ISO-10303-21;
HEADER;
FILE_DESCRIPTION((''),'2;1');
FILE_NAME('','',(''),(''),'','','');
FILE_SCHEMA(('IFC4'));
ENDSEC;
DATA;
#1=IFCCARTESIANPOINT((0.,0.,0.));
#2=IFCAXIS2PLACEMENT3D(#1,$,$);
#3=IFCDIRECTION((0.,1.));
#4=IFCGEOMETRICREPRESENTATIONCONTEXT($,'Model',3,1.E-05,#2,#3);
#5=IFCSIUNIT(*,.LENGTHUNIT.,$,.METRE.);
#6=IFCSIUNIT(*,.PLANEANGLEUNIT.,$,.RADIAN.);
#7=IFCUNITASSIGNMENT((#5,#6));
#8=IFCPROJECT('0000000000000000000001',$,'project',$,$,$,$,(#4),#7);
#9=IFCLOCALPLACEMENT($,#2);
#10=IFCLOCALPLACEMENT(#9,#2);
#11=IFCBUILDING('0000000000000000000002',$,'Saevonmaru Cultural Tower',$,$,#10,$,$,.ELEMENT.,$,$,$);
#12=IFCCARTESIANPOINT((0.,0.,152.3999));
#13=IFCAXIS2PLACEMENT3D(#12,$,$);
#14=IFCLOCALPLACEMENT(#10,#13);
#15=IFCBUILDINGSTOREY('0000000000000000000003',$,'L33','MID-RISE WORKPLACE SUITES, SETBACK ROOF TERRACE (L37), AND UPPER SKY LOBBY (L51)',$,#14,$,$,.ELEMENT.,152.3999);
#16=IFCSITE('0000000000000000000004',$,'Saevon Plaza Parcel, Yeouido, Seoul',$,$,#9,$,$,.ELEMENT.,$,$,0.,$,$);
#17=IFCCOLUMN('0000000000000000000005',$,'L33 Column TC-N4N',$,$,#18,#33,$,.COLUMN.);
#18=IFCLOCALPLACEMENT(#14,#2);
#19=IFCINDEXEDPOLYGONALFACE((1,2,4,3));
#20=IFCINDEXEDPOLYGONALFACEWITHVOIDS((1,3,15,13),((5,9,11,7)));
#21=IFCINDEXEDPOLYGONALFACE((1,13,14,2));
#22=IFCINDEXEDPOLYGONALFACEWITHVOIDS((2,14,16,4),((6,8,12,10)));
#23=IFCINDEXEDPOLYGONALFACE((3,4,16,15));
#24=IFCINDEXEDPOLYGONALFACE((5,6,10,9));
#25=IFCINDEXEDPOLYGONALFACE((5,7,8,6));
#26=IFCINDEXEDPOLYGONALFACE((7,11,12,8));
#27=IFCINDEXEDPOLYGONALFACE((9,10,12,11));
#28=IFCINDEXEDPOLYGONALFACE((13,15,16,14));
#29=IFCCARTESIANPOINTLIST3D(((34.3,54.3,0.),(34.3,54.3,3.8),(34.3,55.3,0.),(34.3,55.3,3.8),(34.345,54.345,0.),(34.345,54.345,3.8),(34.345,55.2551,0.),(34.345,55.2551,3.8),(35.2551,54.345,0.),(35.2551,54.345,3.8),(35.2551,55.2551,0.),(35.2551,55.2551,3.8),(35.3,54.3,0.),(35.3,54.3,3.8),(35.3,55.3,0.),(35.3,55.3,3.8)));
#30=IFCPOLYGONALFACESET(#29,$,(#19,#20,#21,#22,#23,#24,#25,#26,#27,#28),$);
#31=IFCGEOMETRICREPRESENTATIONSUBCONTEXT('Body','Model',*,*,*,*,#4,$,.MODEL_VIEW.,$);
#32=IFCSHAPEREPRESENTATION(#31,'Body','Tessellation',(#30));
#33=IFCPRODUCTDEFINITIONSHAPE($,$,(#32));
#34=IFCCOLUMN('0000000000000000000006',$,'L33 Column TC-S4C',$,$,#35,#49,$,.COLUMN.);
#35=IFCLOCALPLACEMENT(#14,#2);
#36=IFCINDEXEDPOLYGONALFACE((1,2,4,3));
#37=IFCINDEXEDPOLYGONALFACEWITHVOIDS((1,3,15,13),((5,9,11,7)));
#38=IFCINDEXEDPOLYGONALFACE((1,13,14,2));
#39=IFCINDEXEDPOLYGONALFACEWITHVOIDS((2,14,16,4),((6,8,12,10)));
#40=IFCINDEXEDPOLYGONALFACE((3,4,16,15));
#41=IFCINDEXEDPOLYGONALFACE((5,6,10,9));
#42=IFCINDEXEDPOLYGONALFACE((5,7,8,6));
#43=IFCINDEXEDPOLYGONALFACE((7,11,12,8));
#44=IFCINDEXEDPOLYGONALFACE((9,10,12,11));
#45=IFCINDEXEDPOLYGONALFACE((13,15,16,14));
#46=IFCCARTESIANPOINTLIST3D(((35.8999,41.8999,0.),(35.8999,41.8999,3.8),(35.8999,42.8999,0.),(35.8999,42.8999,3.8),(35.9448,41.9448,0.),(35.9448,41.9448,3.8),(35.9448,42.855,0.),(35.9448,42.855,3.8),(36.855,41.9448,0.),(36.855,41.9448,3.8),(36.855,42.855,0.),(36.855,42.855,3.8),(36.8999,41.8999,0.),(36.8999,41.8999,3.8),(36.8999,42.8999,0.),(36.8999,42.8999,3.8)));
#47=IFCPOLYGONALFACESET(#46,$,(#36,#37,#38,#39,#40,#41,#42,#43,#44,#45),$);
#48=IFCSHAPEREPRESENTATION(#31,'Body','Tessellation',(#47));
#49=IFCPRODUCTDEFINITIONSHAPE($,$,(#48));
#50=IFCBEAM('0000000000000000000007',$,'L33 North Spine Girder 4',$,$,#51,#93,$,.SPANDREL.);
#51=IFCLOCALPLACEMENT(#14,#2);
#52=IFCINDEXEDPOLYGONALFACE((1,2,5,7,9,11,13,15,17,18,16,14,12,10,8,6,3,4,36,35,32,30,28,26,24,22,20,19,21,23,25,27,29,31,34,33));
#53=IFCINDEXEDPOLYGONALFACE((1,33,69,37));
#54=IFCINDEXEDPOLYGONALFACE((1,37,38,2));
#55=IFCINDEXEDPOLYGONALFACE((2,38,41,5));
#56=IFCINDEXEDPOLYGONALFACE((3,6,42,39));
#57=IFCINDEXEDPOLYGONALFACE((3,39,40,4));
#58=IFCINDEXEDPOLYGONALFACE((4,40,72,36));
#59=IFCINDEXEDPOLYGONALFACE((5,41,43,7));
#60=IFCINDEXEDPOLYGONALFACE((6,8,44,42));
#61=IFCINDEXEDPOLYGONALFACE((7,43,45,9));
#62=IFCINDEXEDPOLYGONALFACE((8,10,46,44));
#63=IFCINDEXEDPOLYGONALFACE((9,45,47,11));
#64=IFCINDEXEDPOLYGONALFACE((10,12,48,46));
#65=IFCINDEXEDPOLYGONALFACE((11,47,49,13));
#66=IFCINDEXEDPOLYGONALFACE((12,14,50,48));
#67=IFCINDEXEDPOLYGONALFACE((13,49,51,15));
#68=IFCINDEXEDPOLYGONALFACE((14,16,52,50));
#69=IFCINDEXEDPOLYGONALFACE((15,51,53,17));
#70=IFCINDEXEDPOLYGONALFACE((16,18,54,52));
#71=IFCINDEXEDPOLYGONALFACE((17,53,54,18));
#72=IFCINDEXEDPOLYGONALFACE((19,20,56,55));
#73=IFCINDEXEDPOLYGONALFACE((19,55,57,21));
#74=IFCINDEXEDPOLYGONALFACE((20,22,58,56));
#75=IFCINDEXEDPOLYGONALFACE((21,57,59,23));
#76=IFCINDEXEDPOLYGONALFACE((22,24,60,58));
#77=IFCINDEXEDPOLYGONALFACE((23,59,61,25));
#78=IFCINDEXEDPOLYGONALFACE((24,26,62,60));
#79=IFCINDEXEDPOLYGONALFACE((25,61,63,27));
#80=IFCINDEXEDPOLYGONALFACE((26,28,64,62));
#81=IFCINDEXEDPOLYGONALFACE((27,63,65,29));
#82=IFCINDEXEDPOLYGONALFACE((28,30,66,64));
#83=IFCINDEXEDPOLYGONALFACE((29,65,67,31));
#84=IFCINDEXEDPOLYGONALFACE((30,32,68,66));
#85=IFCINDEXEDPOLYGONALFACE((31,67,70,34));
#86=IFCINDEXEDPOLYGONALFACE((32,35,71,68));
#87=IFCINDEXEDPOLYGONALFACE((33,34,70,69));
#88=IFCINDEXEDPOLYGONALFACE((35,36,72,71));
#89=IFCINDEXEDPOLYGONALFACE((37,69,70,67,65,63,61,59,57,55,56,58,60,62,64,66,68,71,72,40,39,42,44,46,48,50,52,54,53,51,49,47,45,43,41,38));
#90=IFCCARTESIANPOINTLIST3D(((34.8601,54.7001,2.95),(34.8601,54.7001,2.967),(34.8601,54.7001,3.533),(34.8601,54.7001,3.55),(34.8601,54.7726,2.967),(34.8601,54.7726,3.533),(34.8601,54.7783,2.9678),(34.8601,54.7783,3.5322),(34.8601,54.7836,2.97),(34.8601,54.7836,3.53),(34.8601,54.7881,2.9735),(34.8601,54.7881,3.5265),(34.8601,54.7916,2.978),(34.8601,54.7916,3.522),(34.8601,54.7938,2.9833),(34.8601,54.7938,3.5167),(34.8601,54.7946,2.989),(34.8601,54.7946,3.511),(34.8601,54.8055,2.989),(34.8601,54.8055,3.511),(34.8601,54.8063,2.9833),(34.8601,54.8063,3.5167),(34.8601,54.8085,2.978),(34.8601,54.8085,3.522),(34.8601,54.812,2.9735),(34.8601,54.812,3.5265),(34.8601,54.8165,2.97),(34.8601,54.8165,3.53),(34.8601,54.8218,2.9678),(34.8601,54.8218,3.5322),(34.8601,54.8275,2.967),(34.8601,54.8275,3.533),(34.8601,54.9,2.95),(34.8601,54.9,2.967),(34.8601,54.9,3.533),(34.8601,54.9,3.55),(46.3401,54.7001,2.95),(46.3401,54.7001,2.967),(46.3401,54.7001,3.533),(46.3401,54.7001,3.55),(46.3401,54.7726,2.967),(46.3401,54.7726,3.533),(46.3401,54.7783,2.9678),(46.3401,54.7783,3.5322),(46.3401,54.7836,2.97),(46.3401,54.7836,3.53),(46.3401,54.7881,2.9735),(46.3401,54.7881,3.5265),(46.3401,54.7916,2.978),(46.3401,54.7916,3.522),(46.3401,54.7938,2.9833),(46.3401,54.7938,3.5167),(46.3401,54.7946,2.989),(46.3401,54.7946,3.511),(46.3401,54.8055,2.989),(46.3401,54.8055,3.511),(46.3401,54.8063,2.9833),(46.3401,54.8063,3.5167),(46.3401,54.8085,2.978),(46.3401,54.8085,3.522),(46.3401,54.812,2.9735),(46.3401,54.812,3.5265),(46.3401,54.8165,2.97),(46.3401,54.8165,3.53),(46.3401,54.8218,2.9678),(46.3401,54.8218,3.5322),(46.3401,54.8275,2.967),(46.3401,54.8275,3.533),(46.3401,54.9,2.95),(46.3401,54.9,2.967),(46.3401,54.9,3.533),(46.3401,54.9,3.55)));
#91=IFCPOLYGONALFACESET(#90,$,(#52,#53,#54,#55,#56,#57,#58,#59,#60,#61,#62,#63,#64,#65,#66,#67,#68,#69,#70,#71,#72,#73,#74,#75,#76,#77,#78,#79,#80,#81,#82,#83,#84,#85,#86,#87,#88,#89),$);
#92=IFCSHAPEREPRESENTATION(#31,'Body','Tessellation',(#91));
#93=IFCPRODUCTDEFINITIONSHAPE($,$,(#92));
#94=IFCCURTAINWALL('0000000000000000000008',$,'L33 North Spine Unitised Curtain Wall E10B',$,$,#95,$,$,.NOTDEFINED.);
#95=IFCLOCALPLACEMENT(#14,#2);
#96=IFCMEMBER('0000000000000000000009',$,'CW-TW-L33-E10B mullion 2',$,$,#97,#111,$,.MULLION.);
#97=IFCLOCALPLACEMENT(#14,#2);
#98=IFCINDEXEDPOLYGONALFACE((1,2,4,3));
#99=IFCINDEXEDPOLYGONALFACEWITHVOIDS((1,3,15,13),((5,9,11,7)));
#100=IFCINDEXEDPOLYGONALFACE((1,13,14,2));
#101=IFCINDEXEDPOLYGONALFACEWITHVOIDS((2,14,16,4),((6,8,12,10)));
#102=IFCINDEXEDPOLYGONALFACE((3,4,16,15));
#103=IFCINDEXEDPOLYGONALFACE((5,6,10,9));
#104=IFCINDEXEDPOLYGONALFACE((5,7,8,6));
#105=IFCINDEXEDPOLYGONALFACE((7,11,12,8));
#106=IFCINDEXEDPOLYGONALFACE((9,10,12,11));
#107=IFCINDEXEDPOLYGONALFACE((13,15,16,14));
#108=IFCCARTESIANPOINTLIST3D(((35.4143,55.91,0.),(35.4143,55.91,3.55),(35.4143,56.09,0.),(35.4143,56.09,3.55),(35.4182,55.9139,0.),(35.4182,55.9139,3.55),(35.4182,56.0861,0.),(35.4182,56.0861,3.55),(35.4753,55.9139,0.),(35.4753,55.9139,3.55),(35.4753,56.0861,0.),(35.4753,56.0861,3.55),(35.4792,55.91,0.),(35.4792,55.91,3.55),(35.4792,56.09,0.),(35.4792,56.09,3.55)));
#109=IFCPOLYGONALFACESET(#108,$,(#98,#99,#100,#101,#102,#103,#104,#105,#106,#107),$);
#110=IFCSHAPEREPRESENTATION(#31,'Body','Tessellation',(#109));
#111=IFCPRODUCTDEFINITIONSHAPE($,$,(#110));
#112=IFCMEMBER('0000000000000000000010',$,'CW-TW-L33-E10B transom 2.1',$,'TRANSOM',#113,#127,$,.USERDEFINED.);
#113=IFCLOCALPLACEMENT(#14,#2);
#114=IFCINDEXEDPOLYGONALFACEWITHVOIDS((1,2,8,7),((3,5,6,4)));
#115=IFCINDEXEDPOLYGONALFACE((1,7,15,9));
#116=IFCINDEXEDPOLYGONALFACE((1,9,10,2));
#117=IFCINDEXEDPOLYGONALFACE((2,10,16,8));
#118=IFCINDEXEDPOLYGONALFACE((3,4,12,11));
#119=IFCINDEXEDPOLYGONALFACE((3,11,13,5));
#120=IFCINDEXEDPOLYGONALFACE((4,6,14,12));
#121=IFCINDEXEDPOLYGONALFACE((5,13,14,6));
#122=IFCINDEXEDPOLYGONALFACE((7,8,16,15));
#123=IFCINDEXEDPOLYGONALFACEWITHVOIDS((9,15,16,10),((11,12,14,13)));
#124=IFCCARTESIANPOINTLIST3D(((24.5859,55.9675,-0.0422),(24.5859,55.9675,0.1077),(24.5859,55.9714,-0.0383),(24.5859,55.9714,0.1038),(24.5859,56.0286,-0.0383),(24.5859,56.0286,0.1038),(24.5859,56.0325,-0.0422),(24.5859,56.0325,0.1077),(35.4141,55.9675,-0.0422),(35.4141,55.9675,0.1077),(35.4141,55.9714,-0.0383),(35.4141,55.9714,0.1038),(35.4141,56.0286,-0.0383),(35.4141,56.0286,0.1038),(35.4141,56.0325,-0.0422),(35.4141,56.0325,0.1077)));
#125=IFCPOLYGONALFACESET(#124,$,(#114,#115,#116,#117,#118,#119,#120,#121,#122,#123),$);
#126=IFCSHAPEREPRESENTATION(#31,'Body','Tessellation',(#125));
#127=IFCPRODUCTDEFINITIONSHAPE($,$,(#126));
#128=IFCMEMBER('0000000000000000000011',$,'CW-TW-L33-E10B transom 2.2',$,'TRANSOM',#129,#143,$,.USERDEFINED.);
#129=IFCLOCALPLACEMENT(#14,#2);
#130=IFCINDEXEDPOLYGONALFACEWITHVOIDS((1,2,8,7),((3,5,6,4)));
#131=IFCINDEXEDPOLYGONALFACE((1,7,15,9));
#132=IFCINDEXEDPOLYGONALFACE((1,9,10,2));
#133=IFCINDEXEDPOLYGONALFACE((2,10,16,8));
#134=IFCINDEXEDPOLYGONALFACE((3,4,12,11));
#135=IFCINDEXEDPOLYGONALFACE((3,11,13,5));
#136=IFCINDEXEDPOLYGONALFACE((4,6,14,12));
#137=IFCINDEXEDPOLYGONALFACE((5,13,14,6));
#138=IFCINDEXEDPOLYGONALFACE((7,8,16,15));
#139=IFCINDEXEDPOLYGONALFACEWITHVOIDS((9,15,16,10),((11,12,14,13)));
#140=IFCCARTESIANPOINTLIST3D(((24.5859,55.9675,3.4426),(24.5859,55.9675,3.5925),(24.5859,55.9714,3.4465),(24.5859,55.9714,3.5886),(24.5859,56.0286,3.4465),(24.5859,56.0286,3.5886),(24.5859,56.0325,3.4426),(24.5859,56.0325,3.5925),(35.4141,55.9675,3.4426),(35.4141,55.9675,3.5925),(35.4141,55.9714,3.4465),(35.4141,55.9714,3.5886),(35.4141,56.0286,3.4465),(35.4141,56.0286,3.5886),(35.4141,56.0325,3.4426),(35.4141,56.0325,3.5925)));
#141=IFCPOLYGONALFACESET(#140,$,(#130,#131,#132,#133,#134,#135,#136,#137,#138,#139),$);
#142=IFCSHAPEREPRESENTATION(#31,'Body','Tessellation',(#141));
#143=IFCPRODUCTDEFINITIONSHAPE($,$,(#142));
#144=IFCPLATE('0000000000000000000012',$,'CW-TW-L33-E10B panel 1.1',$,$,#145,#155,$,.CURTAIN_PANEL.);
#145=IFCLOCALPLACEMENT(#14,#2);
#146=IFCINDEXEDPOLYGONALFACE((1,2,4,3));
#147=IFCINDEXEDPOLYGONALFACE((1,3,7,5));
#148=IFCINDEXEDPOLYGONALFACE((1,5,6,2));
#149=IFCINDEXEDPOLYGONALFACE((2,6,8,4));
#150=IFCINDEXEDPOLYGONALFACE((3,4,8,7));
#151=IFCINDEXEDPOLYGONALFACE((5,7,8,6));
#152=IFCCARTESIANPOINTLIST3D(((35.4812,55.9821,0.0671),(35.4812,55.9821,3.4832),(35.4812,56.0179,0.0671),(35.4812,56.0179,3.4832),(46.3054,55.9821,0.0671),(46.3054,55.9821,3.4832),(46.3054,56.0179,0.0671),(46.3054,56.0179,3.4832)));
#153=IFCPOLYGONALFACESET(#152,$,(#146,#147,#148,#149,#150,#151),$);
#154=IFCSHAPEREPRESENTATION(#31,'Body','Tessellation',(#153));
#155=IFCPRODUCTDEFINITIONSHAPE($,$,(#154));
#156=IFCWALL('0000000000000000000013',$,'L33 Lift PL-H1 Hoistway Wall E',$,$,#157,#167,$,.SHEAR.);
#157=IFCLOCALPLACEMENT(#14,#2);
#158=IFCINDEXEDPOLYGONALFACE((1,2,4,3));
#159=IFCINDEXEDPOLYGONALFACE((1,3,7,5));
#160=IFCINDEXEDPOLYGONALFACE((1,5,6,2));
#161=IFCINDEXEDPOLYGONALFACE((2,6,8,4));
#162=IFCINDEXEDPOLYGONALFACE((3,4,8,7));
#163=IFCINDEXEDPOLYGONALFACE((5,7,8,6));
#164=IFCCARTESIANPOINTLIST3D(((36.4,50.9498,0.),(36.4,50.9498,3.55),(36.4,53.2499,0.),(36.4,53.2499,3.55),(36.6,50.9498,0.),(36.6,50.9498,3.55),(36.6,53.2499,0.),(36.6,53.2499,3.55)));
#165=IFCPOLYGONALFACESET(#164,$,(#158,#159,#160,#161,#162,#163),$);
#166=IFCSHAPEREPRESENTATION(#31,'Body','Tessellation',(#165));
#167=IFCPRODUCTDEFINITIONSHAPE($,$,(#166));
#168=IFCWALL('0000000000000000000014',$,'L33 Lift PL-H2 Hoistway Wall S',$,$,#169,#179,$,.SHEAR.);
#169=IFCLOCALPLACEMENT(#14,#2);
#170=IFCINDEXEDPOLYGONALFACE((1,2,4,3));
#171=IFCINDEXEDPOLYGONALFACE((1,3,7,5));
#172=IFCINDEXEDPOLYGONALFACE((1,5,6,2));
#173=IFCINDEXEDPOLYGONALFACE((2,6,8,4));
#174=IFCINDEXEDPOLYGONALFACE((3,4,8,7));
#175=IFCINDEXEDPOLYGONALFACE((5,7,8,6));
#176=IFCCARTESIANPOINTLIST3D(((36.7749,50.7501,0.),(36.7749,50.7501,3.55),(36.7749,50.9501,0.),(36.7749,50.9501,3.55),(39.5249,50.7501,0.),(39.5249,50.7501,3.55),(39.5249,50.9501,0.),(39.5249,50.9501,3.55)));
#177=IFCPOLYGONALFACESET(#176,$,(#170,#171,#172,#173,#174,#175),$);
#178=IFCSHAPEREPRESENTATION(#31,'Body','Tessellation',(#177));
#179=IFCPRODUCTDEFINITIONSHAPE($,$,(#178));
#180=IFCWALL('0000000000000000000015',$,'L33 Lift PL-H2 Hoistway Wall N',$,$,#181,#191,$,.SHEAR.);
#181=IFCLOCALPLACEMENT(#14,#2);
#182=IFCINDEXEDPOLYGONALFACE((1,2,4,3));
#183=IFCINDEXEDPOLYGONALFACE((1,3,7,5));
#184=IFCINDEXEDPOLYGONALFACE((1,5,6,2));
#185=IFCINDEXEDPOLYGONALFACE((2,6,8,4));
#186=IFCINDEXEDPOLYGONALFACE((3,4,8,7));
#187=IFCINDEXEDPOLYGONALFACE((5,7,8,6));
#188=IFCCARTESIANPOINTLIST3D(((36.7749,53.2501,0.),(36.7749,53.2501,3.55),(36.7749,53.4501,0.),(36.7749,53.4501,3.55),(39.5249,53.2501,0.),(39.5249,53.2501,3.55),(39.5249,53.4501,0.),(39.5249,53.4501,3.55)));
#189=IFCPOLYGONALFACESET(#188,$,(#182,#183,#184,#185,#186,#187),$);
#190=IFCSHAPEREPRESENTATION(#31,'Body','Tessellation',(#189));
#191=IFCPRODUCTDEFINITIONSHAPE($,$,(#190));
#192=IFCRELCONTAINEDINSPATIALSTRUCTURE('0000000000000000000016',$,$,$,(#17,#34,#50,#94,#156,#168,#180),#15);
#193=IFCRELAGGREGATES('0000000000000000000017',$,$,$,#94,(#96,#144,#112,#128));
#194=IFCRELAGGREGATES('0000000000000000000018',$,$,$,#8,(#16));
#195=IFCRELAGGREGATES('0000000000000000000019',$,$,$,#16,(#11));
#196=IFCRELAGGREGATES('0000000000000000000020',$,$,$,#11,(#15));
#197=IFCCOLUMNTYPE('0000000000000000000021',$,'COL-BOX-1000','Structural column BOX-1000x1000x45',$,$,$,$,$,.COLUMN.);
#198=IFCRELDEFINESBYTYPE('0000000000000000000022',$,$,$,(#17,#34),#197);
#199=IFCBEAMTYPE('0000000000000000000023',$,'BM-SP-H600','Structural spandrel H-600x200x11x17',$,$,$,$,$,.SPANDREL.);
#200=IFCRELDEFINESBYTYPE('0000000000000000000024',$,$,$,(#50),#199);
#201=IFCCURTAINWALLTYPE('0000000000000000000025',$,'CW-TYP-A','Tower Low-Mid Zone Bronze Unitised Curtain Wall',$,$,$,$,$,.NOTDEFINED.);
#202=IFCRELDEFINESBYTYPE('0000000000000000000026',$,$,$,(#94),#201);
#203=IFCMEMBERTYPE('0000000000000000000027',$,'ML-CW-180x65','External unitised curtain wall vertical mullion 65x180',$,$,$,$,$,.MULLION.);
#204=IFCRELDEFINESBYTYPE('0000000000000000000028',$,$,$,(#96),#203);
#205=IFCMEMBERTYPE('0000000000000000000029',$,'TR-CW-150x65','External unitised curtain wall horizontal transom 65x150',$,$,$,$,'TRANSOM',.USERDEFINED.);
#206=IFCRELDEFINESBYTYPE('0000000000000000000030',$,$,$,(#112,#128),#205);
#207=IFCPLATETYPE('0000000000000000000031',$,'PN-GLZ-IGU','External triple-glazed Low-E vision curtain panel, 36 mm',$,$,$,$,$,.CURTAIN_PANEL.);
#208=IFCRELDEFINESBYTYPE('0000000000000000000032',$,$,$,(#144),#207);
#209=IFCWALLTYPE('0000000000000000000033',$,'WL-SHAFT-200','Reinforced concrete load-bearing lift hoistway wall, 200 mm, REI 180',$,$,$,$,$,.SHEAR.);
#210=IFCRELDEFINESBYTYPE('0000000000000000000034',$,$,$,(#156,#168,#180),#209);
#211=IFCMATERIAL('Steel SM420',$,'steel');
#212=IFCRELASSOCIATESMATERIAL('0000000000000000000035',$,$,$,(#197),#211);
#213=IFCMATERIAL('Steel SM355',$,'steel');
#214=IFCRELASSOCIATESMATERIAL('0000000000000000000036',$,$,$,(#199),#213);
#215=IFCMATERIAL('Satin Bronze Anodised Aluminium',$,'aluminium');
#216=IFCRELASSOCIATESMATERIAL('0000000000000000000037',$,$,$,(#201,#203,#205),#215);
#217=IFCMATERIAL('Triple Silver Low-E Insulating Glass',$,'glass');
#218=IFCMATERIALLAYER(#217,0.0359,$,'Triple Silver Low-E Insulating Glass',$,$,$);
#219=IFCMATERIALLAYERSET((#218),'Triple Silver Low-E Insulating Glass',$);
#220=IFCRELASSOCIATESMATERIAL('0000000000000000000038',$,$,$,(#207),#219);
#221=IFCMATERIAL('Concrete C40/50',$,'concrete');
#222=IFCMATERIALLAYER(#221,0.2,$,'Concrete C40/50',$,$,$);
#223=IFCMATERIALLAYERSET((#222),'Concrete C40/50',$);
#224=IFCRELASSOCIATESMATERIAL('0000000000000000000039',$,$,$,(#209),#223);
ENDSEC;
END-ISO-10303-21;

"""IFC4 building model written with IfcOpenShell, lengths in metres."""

from ifc_helpers import new_model, si_unit, direction, frame, frame_2d, origin, origin_2d, place, context, subcontext, project, spatial, rectangle, hollow_rectangle, i_section, extrude, material, layer, layer_set, material_profile, profile_set, type_object, element, aggregate, save


model = new_model("IFC4")

# Units and contexts
model_context = context("Model", 3, precision=1e-05, world=origin(), true_north=direction((0.0, 1.0)))
body_context = subcontext(model_context, "Body", "Model", "MODEL_VIEW")
ifc_project = project(units=[si_unit("LENGTHUNIT", "METRE"), si_unit("PLANEANGLEUNIT", "RADIAN")], contexts=[model_context])

# Site, building, storey
site_placement = place(None, origin())
site = spatial("IfcSite", under=ifc_project, at=site_placement, Name="Saevon Plaza Parcel, Yeouido, Seoul", CompositionType="ELEMENT", RefElevation=0.0)
building_placement = place(site_placement, origin())
building = spatial("IfcBuilding", under=site, at=building_placement, Name="Saevonmaru Cultural Tower", CompositionType="ELEMENT")
storey_placement = place(building_placement, frame((0.0, 0.0, 152.3999)))
storey = spatial("IfcBuildingStorey", under=building, at=storey_placement, Name="L33", Description="MID-RISE WORKPLACE SUITES, SETBACK ROOF TERRACE (L37), AND UPPER SKY LOBBY (L51)", CompositionType="ELEMENT", Elevation=152.3999)

# Columns
ifc_material_1 = material(Name="Steel SM420", Category="steel")
ifc_material_profile_1 = material_profile(ifc_material_1, hollow_rectangle(XDim=1.0, YDim=1.0, WallThickness=0.0449, at=origin_2d()), Name="BOX-1000x1000x45")
ifc_profile_set_1 = profile_set([ifc_material_profile_1], Name="Steel SM420")
column_type = type_object("IfcColumnType", Name="COL-BOX-1000", Description="Structural column BOX-1000x1000x45", PredefinedType="COLUMN", material=ifc_profile_set_1)
for number, where, z_axis, x_axis, name in (
    (1, (34.8, 54.8, 0.0), (0.0, 0.0, 1.0), (1.0, 0.0, 0.0), "L33 Column TC-N4N"),
    (2, (36.3999, 42.3999, 0.0), (0.0, 0.0, 1.0), (1.0, 0.0, 0.0), "L33 Column TC-S4C"),
):
    element("IfcColumn", number, at=place(storey_placement, frame(where, z_axis=z_axis, x_axis=x_axis)), inside=storey, type_object=column_type, Name=name, PredefinedType="COLUMN", context=body_context, shape_type="SweptSolid", body=[
        extrude(hollow_rectangle(XDim=1.0, YDim=1.0, WallThickness=0.0449, at=origin_2d()), origin(), (0.0, 0.0, 1.0), 3.8),
    ])

# Beam
ifc_material_2 = material(Name="Steel SM355", Category="steel")
ifc_material_profile_2 = material_profile(ifc_material_2, i_section(OverallWidth=0.2, OverallDepth=0.6001, WebThickness=0.011, FlangeThickness=0.0171, FilletRadius=0.022, at=origin_2d()), Name="H-600x200x11x17")
ifc_profile_set_2 = profile_set([ifc_material_profile_2], Name="Steel SM355")
beam_type = type_object("IfcBeamType", Name="BM-SP-H600", Description="Structural spandrel H-600x200x11x17", PredefinedType="SPANDREL", material=ifc_profile_set_2)
beam_placement = place(storey_placement, frame((34.8601, 54.8, 3.25), z_axis=(1.0, 0.0, 0.0), x_axis=(0.0, 1.0, 0.0)))
element("IfcBeam", 3, at=beam_placement, inside=storey, type_object=beam_type, Name="L33 North Spine Girder 4", PredefinedType="SPANDREL", context=body_context, shape_type="SweptSolid", body=[
    extrude(i_section(OverallWidth=0.2, OverallDepth=0.6001, WebThickness=0.011, FlangeThickness=0.0171, FilletRadius=0.022, at=origin_2d()), origin(), (0.0, 0.0, 1.0), 11.48),
])

# Curtain wall, members, plate
ifc_material_3 = material(Name="Satin Bronze Anodised Aluminium", Category="aluminium")
curtain_wall_type = type_object("IfcCurtainWallType", Name="CW-TYP-A", Description="Tower Low-Mid Zone Bronze Unitised Curtain Wall", PredefinedType="NOTDEFINED", material=ifc_material_3)
curtain_wall_placement = place(storey_placement, origin())
curtain_wall = element("IfcCurtainWall", 4, at=curtain_wall_placement, inside=storey, type_object=curtain_wall_type, Name="L33 North Spine Unitised Curtain Wall E10B", PredefinedType="NOTDEFINED")
ifc_material_profile_3 = material_profile(ifc_material_3, hollow_rectangle(XDim=0.0649, YDim=0.1799, WallThickness=0.0039, at=origin_2d()), Name="ALU-MULL-180x65x4")
ifc_profile_set_3 = profile_set([ifc_material_profile_3], Name="Satin Bronze Anodised Aluminium")
member_type_1 = type_object("IfcMemberType", Name="ML-CW-180x65", Description="External unitised curtain wall vertical mullion 65x180", PredefinedType="MULLION", material=ifc_profile_set_3)
member_1_placement = place(storey_placement, frame((35.4468, 56.0, 0.0), z_axis=(0.0, 0.0, 1.0), x_axis=(-1.0, 0.0, 0.0)))
member_1 = element("IfcMember", 5, at=member_1_placement, type_object=member_type_1, Name="CW-TW-L33-E10B mullion 2", PredefinedType="MULLION", context=body_context, shape_type="SweptSolid", body=[
    extrude(hollow_rectangle(XDim=0.0649, YDim=0.1799, WallThickness=0.0039, at=origin_2d()), origin(), (0.0, 0.0, 1.0), 3.55),
])
ifc_material_profile_4 = material_profile(ifc_material_3, hollow_rectangle(XDim=0.0649, YDim=0.1499, WallThickness=0.0039, at=origin_2d()), Name="ALU-TRAN-150x65x4")
ifc_profile_set_4 = profile_set([ifc_material_profile_4], Name="Satin Bronze Anodised Aluminium")
member_type_2 = type_object("IfcMemberType", Name="TR-CW-150x65", Description="External unitised curtain wall horizontal transom 65x150", ElementType="TRANSOM", PredefinedType="USERDEFINED", material=ifc_profile_set_4)
member_2_placement = place(storey_placement, frame((35.4141, 56.0, 0.0327), z_axis=(-1.0, 0.0, 0.0), x_axis=(0.0, -1.0, 0.0)))
member_2 = element("IfcMember", 6, at=member_2_placement, type_object=member_type_2, Name="CW-TW-L33-E10B transom 2.1", ObjectType="TRANSOM", PredefinedType="USERDEFINED", context=body_context, shape_type="SweptSolid", body=[
    extrude(hollow_rectangle(XDim=0.0649, YDim=0.1499, WallThickness=0.0039, at=origin_2d()), origin(), (0.0, 0.0, 1.0), 10.8281),
])
member_3_placement = place(storey_placement, frame((35.4141, 56.0, 3.5176), z_axis=(-1.0, 0.0, 0.0), x_axis=(0.0, -1.0, 0.0)))
member_3 = element("IfcMember", 7, at=member_3_placement, type_object=member_type_2, Name="CW-TW-L33-E10B transom 2.2", ObjectType="TRANSOM", PredefinedType="USERDEFINED", context=body_context, shape_type="SweptSolid", body=[
    extrude(hollow_rectangle(XDim=0.0649, YDim=0.1499, WallThickness=0.0039, at=origin_2d()), origin(), (0.0, 0.0, 1.0), 10.8281),
])
ifc_material_4 = material(Name="Triple Silver Low-E Insulating Glass", Category="glass")
ifc_layer_1 = layer(ifc_material_4, 0.0359, Name="Triple Silver Low-E Insulating Glass")
ifc_layer_set_1 = layer_set([ifc_layer_1], Name="Triple Silver Low-E Insulating Glass")
plate_type = type_object("IfcPlateType", Name="PN-GLZ-IGU", Description="External triple-glazed Low-E vision curtain panel, 36 mm", PredefinedType="CURTAIN_PANEL", material=ifc_layer_set_1)
plate_placement = place(storey_placement, frame((40.8933, 56.0, 0.0671), z_axis=(0.0, 0.0, 1.0), x_axis=(-1.0, 0.0, 0.0)))
plate = element("IfcPlate", 8, at=plate_placement, type_object=plate_type, Name="CW-TW-L33-E10B panel 1.1", PredefinedType="CURTAIN_PANEL", context=body_context, shape_type="SweptSolid", body=[
    extrude(rectangle(XDim=10.8242, YDim=0.0359, at=origin_2d()), origin(), (0.0, 0.0, 1.0), 3.416),
])
aggregate(curtain_wall, [member_1, plate, member_2, member_3])

# Walls
ifc_material_5 = material(Name="Concrete C40/50", Category="concrete")
ifc_layer_2 = layer(ifc_material_5, 0.2, Name="Concrete C40/50")
ifc_layer_set_2 = layer_set([ifc_layer_2], Name="Concrete C40/50")
wall_type_1 = type_object("IfcWallType", Name="WL-SHAFT-200", Description="Reinforced concrete load-bearing lift hoistway wall, 200 mm, REI 180", PredefinedType="SHEAR", material=ifc_layer_set_2)
wall_1_placement = place(storey_placement, frame((36.5, 50.95, 0.0), z_axis=(0.0, 0.0, 1.0), x_axis=(0.0, 1.0, 0.0)))
element("IfcWall", 9, at=wall_1_placement, inside=storey, type_object=wall_type_1, Name="L33 Lift PL-H1 Hoistway Wall E", PredefinedType="SHEAR", context=body_context, shape_type="SweptSolid", body=[
    extrude(rectangle(XDim=2.3, YDim=0.2, at=frame_2d((1.1499, 0.0))), origin(), (0.0, 0.0, 1.0), 3.55),
])
for number, where, z_axis, x_axis, name in (
    (10, (36.7749, 50.8501, 0.0), (0.0, 0.0, 1.0), (1.0, 0.0, 0.0), "L33 Lift PL-H2 Hoistway Wall S"),
    (11, (36.7749, 53.3501, 0.0), (0.0, 0.0, 1.0), (1.0, 0.0, 0.0), "L33 Lift PL-H2 Hoistway Wall N"),
):
    element("IfcWall", number, at=place(storey_placement, frame(where, z_axis=z_axis, x_axis=x_axis)), inside=storey, type_object=wall_type_1, Name=name, PredefinedType="SHEAR", context=body_context, shape_type="SweptSolid", body=[
        extrude(rectangle(XDim=2.75, YDim=0.2, at=frame_2d((1.375, 0.0))), origin(), (0.0, 0.0, 1.0), 3.55),
    ])

save(model, "model.ifc")
